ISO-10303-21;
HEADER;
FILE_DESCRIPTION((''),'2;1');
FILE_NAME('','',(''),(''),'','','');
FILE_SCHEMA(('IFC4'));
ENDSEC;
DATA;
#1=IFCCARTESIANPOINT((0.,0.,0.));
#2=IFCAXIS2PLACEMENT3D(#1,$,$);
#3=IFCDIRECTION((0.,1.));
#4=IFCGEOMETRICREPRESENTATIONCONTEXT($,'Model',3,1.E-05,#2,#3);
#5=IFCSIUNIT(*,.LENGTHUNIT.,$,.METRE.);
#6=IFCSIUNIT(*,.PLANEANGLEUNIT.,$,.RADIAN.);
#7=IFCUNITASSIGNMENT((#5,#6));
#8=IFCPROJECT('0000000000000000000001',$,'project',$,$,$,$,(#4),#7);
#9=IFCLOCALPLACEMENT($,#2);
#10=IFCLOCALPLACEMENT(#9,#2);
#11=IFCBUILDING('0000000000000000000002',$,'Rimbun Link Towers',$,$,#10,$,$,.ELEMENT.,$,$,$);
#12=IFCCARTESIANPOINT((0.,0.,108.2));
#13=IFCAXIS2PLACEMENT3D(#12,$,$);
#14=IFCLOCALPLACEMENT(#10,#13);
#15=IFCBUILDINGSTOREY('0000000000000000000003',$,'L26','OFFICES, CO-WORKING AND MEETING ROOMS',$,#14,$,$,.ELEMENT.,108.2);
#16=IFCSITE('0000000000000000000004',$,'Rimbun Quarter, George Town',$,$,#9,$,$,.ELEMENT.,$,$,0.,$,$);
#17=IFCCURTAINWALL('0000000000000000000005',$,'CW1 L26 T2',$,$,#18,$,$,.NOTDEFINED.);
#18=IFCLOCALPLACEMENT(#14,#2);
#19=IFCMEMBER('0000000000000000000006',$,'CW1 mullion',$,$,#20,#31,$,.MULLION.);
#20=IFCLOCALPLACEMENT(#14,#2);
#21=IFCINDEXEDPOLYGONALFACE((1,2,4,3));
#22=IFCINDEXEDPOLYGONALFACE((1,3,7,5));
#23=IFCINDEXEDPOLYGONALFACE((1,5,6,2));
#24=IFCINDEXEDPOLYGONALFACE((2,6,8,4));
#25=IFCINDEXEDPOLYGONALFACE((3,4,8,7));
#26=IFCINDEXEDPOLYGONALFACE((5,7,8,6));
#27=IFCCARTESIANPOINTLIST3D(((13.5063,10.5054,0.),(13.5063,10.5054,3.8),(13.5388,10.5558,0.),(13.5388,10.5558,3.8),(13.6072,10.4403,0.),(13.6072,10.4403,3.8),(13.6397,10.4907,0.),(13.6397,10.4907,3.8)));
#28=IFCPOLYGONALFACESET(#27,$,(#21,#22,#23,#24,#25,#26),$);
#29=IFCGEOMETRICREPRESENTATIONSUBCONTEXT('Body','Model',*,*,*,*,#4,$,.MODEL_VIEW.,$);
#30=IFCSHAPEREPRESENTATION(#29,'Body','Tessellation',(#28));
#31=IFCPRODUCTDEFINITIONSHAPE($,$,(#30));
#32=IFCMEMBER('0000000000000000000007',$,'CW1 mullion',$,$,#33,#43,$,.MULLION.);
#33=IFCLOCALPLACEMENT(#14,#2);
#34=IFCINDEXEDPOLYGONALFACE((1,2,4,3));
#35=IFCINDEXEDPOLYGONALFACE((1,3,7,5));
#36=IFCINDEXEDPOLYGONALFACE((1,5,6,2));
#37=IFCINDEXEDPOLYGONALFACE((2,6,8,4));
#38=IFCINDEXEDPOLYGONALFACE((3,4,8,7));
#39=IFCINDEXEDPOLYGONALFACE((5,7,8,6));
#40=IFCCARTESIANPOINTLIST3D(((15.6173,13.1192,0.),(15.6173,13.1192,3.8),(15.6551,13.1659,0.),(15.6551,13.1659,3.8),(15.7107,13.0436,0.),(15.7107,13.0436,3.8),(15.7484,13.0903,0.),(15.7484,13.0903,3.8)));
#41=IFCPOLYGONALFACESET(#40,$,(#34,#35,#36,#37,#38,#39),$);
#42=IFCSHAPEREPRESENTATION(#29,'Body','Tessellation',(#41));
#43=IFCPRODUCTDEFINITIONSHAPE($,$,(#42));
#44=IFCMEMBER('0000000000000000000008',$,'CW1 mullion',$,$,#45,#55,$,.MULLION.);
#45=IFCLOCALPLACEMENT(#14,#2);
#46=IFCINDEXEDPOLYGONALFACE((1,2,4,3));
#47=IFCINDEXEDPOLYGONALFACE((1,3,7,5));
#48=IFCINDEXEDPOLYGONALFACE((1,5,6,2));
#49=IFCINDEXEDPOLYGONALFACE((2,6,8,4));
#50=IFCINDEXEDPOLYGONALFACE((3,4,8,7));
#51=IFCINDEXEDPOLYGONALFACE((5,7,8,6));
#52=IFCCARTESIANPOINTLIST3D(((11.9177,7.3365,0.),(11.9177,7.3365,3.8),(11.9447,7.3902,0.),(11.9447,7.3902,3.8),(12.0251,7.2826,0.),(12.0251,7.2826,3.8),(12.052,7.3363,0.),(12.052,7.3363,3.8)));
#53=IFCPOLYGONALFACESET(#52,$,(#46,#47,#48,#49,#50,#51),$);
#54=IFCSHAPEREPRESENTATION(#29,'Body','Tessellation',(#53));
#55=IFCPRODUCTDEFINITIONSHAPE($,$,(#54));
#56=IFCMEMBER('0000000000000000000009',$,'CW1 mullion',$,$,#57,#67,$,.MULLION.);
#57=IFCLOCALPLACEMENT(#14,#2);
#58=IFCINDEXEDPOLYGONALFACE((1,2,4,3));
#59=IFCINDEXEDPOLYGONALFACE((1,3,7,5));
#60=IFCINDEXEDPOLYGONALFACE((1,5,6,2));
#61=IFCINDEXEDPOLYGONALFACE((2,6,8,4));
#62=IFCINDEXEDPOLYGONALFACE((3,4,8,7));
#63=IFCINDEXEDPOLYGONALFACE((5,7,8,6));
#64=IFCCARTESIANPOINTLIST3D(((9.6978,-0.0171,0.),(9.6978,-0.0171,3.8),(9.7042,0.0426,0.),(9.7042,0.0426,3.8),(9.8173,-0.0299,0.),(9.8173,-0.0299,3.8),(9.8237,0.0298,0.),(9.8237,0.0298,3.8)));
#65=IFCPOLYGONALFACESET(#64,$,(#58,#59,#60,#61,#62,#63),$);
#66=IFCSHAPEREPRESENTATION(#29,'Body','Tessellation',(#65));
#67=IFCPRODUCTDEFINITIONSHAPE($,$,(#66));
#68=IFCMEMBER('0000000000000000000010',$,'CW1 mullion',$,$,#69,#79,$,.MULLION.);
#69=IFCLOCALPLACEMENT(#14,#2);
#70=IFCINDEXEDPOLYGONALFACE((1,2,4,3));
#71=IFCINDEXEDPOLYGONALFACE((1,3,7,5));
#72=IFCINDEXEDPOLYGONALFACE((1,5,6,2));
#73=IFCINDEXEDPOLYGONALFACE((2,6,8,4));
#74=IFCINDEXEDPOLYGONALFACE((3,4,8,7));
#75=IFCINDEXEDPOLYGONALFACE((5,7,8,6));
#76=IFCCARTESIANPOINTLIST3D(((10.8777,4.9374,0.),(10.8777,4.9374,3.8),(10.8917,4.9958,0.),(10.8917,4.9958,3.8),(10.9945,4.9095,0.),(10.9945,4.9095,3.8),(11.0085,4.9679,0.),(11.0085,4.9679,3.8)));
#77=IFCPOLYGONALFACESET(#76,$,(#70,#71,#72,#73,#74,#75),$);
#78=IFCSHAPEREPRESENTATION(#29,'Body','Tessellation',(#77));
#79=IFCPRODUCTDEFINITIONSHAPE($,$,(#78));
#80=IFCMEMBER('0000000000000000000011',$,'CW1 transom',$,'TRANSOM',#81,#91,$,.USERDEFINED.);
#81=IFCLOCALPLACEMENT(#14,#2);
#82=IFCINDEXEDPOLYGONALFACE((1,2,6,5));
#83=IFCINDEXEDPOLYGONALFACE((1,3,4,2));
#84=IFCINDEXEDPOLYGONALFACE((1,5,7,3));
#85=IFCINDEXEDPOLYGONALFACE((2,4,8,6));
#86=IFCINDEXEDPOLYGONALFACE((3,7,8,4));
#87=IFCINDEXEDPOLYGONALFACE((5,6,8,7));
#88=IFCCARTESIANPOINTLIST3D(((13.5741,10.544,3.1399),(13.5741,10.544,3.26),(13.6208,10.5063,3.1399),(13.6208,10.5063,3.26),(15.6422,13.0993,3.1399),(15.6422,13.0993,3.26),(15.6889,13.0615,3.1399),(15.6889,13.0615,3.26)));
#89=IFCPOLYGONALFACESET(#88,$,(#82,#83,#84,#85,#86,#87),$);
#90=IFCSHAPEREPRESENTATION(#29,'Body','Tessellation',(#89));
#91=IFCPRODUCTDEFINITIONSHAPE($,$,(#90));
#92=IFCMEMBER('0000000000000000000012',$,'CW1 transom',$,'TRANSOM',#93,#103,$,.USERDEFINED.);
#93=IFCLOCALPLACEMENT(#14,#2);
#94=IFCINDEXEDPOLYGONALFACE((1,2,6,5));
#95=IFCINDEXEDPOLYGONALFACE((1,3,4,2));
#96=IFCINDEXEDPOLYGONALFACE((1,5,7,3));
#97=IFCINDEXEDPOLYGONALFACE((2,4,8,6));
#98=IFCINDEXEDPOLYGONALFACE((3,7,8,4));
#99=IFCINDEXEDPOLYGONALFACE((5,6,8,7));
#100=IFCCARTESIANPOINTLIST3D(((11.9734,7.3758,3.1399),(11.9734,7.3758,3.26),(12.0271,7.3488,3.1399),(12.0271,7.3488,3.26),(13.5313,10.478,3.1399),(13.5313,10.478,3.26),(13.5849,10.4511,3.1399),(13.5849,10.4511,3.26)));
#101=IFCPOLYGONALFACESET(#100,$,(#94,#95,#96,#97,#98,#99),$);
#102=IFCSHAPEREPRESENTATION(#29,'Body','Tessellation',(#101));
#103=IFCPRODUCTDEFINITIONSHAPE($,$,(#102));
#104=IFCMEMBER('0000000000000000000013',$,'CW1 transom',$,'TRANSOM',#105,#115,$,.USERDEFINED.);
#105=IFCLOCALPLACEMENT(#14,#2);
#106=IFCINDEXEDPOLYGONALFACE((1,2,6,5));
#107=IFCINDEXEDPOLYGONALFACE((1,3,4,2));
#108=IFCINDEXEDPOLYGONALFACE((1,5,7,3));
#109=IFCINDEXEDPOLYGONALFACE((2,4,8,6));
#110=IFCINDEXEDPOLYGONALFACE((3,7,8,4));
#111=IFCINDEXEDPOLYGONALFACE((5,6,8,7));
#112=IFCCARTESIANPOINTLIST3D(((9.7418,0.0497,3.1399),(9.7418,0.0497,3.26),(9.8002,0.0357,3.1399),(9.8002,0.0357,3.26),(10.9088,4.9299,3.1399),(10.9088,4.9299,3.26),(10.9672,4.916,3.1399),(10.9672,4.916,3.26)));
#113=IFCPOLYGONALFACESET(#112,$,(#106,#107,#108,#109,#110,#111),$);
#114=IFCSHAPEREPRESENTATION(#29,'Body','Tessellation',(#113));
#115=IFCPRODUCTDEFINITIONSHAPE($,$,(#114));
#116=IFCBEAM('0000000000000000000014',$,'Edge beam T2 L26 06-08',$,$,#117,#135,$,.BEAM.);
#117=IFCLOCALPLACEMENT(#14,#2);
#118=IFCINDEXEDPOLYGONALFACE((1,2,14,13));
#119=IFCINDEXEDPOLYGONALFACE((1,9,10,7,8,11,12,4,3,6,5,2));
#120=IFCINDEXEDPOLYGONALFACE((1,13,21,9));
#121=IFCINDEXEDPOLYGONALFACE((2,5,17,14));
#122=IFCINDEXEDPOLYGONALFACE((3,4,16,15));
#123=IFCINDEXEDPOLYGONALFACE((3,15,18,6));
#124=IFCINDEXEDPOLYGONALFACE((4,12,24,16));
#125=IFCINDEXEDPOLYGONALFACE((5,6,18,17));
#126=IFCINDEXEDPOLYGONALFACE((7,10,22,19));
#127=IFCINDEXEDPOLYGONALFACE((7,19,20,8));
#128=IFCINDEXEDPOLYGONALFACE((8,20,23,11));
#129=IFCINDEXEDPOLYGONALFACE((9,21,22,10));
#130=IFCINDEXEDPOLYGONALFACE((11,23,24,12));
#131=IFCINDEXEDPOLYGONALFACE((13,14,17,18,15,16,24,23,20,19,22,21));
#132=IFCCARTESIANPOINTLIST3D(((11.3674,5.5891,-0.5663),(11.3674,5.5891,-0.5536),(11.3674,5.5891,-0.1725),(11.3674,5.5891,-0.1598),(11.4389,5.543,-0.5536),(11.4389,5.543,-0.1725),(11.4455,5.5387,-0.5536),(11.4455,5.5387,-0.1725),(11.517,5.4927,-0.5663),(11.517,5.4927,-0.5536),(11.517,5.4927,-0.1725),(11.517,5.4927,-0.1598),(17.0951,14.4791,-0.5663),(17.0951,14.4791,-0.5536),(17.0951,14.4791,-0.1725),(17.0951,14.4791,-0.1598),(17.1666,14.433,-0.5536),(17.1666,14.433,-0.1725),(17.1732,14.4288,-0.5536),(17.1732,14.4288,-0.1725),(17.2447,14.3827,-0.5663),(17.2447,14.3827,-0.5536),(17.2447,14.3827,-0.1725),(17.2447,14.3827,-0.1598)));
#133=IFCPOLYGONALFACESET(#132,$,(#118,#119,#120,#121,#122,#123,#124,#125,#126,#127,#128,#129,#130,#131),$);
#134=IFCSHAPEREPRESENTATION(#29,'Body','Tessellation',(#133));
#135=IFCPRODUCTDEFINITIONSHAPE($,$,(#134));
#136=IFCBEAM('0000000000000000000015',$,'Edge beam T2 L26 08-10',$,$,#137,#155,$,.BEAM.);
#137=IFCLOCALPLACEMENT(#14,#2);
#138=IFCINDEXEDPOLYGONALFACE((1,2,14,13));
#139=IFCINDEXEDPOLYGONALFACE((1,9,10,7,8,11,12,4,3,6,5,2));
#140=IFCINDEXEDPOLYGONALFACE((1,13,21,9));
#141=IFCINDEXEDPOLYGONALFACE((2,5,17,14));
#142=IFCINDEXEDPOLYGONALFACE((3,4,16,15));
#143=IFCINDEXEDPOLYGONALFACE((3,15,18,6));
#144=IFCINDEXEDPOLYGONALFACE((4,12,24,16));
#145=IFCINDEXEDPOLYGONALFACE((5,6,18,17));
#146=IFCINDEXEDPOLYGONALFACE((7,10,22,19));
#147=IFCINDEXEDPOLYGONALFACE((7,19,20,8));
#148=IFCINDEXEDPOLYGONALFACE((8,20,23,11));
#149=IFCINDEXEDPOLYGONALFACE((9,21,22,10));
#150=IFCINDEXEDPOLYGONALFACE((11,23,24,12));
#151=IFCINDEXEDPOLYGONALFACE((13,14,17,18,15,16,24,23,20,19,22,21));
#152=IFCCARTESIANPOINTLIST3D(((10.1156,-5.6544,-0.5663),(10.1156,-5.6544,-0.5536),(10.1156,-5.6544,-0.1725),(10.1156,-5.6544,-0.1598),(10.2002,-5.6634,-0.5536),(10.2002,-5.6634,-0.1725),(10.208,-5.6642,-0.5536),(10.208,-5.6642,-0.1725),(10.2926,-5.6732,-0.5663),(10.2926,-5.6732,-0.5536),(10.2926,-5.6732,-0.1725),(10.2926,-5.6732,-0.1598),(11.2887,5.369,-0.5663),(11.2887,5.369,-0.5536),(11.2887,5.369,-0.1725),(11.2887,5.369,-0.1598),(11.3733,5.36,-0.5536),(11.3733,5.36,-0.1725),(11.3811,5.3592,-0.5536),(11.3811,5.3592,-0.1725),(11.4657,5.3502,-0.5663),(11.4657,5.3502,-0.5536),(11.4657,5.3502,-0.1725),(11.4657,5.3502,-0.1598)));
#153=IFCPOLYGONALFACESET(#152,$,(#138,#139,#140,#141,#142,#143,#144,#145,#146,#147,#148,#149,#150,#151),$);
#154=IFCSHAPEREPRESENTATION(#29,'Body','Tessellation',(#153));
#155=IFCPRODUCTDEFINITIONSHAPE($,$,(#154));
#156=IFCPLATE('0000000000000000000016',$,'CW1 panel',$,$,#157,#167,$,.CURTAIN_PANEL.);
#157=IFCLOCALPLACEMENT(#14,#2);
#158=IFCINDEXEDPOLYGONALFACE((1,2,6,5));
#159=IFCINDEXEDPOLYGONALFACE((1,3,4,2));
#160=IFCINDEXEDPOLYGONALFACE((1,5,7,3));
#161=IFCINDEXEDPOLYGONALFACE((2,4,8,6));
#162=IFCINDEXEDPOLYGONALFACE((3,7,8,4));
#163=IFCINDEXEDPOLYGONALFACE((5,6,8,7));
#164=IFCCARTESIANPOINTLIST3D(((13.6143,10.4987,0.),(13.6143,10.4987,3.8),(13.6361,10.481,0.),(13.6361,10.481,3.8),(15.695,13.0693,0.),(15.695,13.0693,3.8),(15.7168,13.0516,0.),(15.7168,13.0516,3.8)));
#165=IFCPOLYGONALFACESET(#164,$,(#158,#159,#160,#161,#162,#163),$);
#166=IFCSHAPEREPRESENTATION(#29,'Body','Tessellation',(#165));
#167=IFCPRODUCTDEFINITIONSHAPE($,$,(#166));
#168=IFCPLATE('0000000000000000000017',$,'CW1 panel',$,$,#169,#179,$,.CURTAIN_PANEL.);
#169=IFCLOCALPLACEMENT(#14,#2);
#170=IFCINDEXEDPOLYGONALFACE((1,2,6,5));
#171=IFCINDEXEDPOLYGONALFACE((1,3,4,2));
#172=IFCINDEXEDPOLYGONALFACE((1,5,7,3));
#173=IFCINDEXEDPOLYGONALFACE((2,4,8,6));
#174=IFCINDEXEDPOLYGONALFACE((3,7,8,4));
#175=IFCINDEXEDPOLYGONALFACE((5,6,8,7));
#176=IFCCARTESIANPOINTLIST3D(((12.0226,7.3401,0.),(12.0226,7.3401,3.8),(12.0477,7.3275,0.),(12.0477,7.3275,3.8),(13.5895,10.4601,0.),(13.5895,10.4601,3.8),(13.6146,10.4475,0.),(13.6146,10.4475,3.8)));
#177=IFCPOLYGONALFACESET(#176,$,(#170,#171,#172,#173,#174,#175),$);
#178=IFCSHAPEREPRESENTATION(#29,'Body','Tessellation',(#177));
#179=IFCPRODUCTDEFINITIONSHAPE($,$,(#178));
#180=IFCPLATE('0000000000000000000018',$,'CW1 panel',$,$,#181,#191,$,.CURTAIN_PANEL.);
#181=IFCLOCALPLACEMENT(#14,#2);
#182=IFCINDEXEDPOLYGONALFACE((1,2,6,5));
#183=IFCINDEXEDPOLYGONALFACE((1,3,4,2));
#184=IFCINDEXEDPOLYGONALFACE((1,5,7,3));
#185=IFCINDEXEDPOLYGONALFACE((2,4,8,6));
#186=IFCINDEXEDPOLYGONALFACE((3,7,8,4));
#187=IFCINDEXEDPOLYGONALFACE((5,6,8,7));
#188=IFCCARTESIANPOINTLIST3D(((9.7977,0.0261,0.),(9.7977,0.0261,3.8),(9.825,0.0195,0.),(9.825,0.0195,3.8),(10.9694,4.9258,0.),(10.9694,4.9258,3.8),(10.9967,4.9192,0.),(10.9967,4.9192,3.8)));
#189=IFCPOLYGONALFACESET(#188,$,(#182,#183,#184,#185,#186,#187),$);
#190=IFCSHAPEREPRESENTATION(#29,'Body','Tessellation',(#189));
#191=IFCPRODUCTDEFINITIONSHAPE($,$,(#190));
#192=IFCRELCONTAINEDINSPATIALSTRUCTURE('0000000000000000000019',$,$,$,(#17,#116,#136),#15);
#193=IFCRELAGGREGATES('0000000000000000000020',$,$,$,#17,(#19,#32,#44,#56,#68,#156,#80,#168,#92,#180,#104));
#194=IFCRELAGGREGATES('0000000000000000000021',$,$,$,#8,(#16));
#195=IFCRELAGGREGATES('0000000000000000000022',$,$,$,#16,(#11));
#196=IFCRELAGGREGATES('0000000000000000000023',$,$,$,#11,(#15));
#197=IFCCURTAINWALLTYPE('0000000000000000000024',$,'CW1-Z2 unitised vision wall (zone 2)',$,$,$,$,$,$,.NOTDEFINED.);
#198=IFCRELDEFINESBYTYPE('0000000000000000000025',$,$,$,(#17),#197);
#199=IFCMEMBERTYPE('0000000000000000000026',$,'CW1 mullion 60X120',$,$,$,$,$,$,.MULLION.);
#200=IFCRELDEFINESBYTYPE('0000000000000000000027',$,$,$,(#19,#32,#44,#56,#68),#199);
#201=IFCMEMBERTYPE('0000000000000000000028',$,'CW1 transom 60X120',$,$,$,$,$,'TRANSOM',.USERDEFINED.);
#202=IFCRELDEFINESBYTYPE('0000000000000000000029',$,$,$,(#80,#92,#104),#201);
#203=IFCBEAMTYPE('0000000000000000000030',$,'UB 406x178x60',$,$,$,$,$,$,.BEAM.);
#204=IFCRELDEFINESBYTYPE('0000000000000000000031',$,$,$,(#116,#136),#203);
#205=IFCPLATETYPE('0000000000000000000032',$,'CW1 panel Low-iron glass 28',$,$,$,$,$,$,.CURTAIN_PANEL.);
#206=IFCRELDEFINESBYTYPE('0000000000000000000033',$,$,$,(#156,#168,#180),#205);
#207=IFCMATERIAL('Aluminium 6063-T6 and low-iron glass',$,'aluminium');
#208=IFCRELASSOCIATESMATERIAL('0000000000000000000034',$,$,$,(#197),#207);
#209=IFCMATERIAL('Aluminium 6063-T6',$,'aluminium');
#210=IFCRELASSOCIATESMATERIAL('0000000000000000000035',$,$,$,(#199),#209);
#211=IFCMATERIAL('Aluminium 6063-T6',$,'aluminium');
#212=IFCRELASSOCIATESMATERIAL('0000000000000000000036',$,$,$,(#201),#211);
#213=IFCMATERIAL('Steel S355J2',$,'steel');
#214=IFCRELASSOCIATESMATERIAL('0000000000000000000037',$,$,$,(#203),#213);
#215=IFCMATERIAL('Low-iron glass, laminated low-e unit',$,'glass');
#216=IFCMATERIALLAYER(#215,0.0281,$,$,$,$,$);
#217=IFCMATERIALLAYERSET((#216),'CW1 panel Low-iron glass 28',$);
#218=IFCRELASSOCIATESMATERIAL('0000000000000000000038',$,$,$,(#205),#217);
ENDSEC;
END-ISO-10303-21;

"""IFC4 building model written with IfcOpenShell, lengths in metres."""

from ifc_helpers import new_model, si_unit, direction, frame, origin, origin_2d, place, context, subcontext, project, spatial, rectangle, i_section, extrude, material, layer, layer_set, material_profile, profile_set, type_object, element, aggregate, save


model = new_model("IFC4")

# Units and contexts
model_context = context("Model", 3, precision=1e-05, world=origin(), true_north=direction((0.0, 1.0)))
body_context = subcontext(model_context, "Body", "Model", "MODEL_VIEW")
ifc_project = project(units=[si_unit("LENGTHUNIT", "METRE"), si_unit("PLANEANGLEUNIT", "RADIAN")], contexts=[model_context])

# Site, building, storey
site_placement = place(None, origin())
site = spatial("IfcSite", under=ifc_project, at=site_placement, Name="Rimbun Quarter, George Town", CompositionType="ELEMENT", RefElevation=0.0)
building_placement = place(site_placement, origin())
building = spatial("IfcBuilding", under=site, at=building_placement, Name="Rimbun Link Towers", CompositionType="ELEMENT")
storey_placement = place(building_placement, frame((0.0, 0.0, 108.2)))
storey = spatial("IfcBuildingStorey", under=building, at=storey_placement, Name="L26", Description="OFFICES, CO-WORKING AND MEETING ROOMS", CompositionType="ELEMENT", Elevation=108.2)

# Curtain wall, members
ifc_material_1 = material(Name="Aluminium 6063-T6 and low-iron glass", Category="aluminium")
curtain_wall_type = type_object("IfcCurtainWallType", Name="CW1-Z2 unitised vision wall (zone 2)", PredefinedType="NOTDEFINED", material=ifc_material_1)
curtain_wall_placement = place(storey_placement, origin())
curtain_wall = element("IfcCurtainWall", 1, at=curtain_wall_placement, inside=storey, type_object=curtain_wall_type, Name="CW1 L26 T2", PredefinedType="NOTDEFINED")
ifc_material_2 = material(Name="Aluminium 6063-T6", Category="aluminium")
ifc_material_profile_1 = material_profile(ifc_material_2, rectangle(XDim=0.1201, YDim=0.0601, at=origin_2d()), Name="MULLION 60X120")
ifc_profile_set_1 = profile_set([ifc_material_profile_1], Name="Aluminium 6063-T6")
member_type_1 = type_object("IfcMemberType", Name="CW1 mullion 60X120", PredefinedType="MULLION", material=ifc_profile_set_1)
member_1_placement = place(storey_placement, frame((13.573, 10.498, 0.0), z_axis=(0.0, 0.0, 1.0), x_axis=(-0.840313, 0.542101, 0.0)))
member_1 = element("IfcMember", 2, at=member_1_placement, type_object=member_type_1, Name="CW1 mullion", PredefinedType="MULLION", context=body_context, shape_type="SweptSolid", body=[
    extrude(rectangle(XDim=0.1201, YDim=0.0601, at=origin_2d()), origin(), (0.0, 0.0, 1.0), 3.8),
])
member_2_placement = place(storey_placement, frame((15.6829, 13.1047, 0.0), z_axis=(0.0, 0.0, 1.0), x_axis=(-0.777283, 0.629151, 0.0)))
member_2 = element("IfcMember", 3, at=member_2_placement, type_object=member_type_1, Name="CW1 mullion", PredefinedType="MULLION", context=body_context, shape_type="SweptSolid", body=[
    extrude(rectangle(XDim=0.1201, YDim=0.0601, at=origin_2d()), origin(), (0.0, 0.0, 1.0), 3.8),
])
member_3_placement = place(storey_placement, frame((11.9849, 7.3364, 0.0), z_axis=(0.0, 0.0, 1.0), x_axis=(-0.893638, 0.448789, 0.0)))
member_3 = element("IfcMember", 4, at=member_3_placement, type_object=member_type_1, Name="CW1 mullion", PredefinedType="MULLION", context=body_context, shape_type="SweptSolid", body=[
    extrude(rectangle(XDim=0.1201, YDim=0.0601, at=origin_2d()), origin(), (0.0, 0.0, 1.0), 3.8),
])
member_4_placement = place(storey_placement, frame((9.7607, 0.0063, 0.0), z_axis=(0.0, 0.0, 1.0), x_axis=(-0.994299, 0.106632, 0.0)))
member_4 = element("IfcMember", 5, at=member_4_placement, type_object=member_type_1, Name="CW1 mullion", PredefinedType="MULLION", context=body_context, shape_type="SweptSolid", body=[
    extrude(rectangle(XDim=0.1201, YDim=0.0601, at=origin_2d()), origin(), (0.0, 0.0, 1.0), 3.8),
])
member_5_placement = place(storey_placement, frame((10.9431, 4.9526, 0.0), z_axis=(0.0, 0.0, 1.0), x_axis=(-0.972576, 0.232586, 0.0)))
member_5 = element("IfcMember", 6, at=member_5_placement, type_object=member_type_1, Name="CW1 mullion", PredefinedType="MULLION", context=body_context, shape_type="SweptSolid", body=[
    extrude(rectangle(XDim=0.1201, YDim=0.0601, at=origin_2d()), origin(), (0.0, 0.0, 1.0), 3.8),
])
ifc_material_3 = material(Name="Aluminium 6063-T6", Category="aluminium")
ifc_material_profile_2 = material_profile(ifc_material_3, rectangle(XDim=0.0601, YDim=0.1201, at=origin_2d()), Name="TRANSOM 60X120")
ifc_profile_set_2 = profile_set([ifc_material_profile_2], Name="Aluminium 6063-T6")
member_type_2 = type_object("IfcMemberType", Name="CW1 transom 60X120", ElementType="TRANSOM", PredefinedType="USERDEFINED", material=ifc_profile_set_2)
member_6_placement = place(storey_placement, frame((13.5974, 10.5251, 3.2), z_axis=(0.629132, 0.777298, 0.0), x_axis=(-0.777298, 0.629132, 0.0)))
member_6 = element("IfcMember", 7, at=member_6_placement, type_object=member_type_2, Name="CW1 transom", ObjectType="TRANSOM", PredefinedType="USERDEFINED", context=body_context, shape_type="SweptSolid", body=[
    extrude(rectangle(XDim=0.0601, YDim=0.1201, at=origin_2d()), origin(), (0.0, 0.0, 1.0), 3.2874),
])
member_7_placement = place(storey_placement, frame((12.0002, 7.3623, 3.2), z_axis=(0.44876, 0.893652, 0.0), x_axis=(-0.893652, 0.44876, 0.0)))
member_7 = element("IfcMember", 8, at=member_7_placement, type_object=member_type_2, Name="CW1 transom", ObjectType="TRANSOM", PredefinedType="USERDEFINED", context=body_context, shape_type="SweptSolid", body=[
    extrude(rectangle(XDim=0.0601, YDim=0.1201, at=origin_2d()), origin(), (0.0, 0.0, 1.0), 3.4714),
])
member_8_placement = place(storey_placement, frame((9.771, 0.0427, 3.2), z_axis=(0.232574, 0.972579, 0.0), x_axis=(-0.972579, 0.232574, 0.0)))
member_8 = element("IfcMember", 9, at=member_8_placement, type_object=member_type_2, Name="CW1 transom", ObjectType="TRANSOM", PredefinedType="USERDEFINED", context=body_context, shape_type="SweptSolid", body=[
    extrude(rectangle(XDim=0.0601, YDim=0.1201, at=origin_2d()), origin(), (0.0, 0.0, 1.0), 5.0178),
])

# Beams
ifc_material_4 = material(Name="Steel S355J2", Category="steel")
ifc_material_profile_3 = material_profile(ifc_material_4, i_section(OverallWidth=0.178, OverallDepth=0.4065, WebThickness=0.0078, FlangeThickness=0.0127, at=origin_2d()), Name="UB 406x178x60")
ifc_profile_set_3 = profile_set([ifc_material_profile_3], Name="Steel S355J2")
beam_type = type_object("IfcBeamType", Name="UB 406x178x60", PredefinedType="BEAM", material=ifc_profile_set_3)
beam_1_placement = place(storey_placement, frame((17.1699, 14.4309, -0.363), z_axis=(-0.541607, -0.840632, 0.0), x_axis=(0.840632, -0.541607, 0.0)))
element("IfcBeam", 10, at=beam_1_placement, inside=storey, type_object=beam_type, Name="Edge beam T2 L26 06-08", PredefinedType="BEAM", context=body_context, shape_type="SweptSolid", body=[
    extrude(i_section(OverallWidth=0.178, OverallDepth=0.4065, WebThickness=0.0078, FlangeThickness=0.0127, at=origin_2d()), origin(), (0.0, 0.0, 1.0), 10.5754),
])
beam_2_placement = place(storey_placement, frame((11.3772, 5.3596, -0.363), z_axis=(-0.105821, -0.994385, 0.0), x_axis=(0.994385, -0.105821, 0.0)))
element("IfcBeam", 11, at=beam_2_placement, inside=storey, type_object=beam_type, Name="Edge beam T2 L26 08-10", PredefinedType="BEAM", context=body_context, shape_type="SweptSolid", body=[
    extrude(i_section(OverallWidth=0.178, OverallDepth=0.4065, WebThickness=0.0078, FlangeThickness=0.0127, at=origin_2d()), origin(), (0.0, 0.0, 1.0), 11.0857),
])

# Plates
ifc_material_5 = material(Name="Low-iron glass, laminated low-e unit", Category="glass")
ifc_layer_1 = layer(ifc_material_5, 0.0281)
ifc_layer_set_1 = layer_set([ifc_layer_1], Name="CW1 panel Low-iron glass 28")
plate_type = type_object("IfcPlateType", Name="CW1 panel Low-iron glass 28", PredefinedType="CURTAIN_PANEL", material=ifc_layer_set_1)
plate_1_placement = place(storey_placement, frame((14.6655, 11.7751, 0.0), z_axis=(0.0, 0.0, 1.0), x_axis=(0.629151, 0.777283, 0.0)))
plate_1 = element("IfcPlate", 12, at=plate_1_placement, type_object=plate_type, Name="CW1 panel", PredefinedType="CURTAIN_PANEL", context=body_context, shape_type="SweptSolid", body=[
    extrude(rectangle(XDim=3.3071, YDim=0.0281, at=origin_2d()), origin(), (0.0, 0.0, 1.0), 3.8),
])
plate_2_placement = place(storey_placement, frame((12.8186, 8.8938, 0.0), z_axis=(0.0, 0.0, 1.0), x_axis=(0.448789, 0.893638, 0.0)))
plate_2 = element("IfcPlate", 13, at=plate_2_placement, type_object=plate_type, Name="CW1 panel", PredefinedType="CURTAIN_PANEL", context=body_context, shape_type="SweptSolid", body=[
    extrude(rectangle(XDim=3.4915, YDim=0.0281, at=origin_2d()), origin(), (0.0, 0.0, 1.0), 3.8),
])
plate_3_placement = place(storey_placement, frame((10.3972, 2.4727, 0.0), z_axis=(0.0, 0.0, 1.0), x_axis=(0.232586, 0.972576, 0.0)))
plate_3 = element("IfcPlate", 14, at=plate_3_placement, type_object=plate_type, Name="CW1 panel", PredefinedType="CURTAIN_PANEL", context=body_context, shape_type="SweptSolid", body=[
    extrude(rectangle(XDim=5.0378, YDim=0.0281, at=origin_2d()), origin(), (0.0, 0.0, 1.0), 3.8),
])
aggregate(curtain_wall, [member_1, member_2, member_3, member_4, member_5, plate_1, member_6, plate_2, member_7, plate_3, member_8])

save(model, "model.ifc")
